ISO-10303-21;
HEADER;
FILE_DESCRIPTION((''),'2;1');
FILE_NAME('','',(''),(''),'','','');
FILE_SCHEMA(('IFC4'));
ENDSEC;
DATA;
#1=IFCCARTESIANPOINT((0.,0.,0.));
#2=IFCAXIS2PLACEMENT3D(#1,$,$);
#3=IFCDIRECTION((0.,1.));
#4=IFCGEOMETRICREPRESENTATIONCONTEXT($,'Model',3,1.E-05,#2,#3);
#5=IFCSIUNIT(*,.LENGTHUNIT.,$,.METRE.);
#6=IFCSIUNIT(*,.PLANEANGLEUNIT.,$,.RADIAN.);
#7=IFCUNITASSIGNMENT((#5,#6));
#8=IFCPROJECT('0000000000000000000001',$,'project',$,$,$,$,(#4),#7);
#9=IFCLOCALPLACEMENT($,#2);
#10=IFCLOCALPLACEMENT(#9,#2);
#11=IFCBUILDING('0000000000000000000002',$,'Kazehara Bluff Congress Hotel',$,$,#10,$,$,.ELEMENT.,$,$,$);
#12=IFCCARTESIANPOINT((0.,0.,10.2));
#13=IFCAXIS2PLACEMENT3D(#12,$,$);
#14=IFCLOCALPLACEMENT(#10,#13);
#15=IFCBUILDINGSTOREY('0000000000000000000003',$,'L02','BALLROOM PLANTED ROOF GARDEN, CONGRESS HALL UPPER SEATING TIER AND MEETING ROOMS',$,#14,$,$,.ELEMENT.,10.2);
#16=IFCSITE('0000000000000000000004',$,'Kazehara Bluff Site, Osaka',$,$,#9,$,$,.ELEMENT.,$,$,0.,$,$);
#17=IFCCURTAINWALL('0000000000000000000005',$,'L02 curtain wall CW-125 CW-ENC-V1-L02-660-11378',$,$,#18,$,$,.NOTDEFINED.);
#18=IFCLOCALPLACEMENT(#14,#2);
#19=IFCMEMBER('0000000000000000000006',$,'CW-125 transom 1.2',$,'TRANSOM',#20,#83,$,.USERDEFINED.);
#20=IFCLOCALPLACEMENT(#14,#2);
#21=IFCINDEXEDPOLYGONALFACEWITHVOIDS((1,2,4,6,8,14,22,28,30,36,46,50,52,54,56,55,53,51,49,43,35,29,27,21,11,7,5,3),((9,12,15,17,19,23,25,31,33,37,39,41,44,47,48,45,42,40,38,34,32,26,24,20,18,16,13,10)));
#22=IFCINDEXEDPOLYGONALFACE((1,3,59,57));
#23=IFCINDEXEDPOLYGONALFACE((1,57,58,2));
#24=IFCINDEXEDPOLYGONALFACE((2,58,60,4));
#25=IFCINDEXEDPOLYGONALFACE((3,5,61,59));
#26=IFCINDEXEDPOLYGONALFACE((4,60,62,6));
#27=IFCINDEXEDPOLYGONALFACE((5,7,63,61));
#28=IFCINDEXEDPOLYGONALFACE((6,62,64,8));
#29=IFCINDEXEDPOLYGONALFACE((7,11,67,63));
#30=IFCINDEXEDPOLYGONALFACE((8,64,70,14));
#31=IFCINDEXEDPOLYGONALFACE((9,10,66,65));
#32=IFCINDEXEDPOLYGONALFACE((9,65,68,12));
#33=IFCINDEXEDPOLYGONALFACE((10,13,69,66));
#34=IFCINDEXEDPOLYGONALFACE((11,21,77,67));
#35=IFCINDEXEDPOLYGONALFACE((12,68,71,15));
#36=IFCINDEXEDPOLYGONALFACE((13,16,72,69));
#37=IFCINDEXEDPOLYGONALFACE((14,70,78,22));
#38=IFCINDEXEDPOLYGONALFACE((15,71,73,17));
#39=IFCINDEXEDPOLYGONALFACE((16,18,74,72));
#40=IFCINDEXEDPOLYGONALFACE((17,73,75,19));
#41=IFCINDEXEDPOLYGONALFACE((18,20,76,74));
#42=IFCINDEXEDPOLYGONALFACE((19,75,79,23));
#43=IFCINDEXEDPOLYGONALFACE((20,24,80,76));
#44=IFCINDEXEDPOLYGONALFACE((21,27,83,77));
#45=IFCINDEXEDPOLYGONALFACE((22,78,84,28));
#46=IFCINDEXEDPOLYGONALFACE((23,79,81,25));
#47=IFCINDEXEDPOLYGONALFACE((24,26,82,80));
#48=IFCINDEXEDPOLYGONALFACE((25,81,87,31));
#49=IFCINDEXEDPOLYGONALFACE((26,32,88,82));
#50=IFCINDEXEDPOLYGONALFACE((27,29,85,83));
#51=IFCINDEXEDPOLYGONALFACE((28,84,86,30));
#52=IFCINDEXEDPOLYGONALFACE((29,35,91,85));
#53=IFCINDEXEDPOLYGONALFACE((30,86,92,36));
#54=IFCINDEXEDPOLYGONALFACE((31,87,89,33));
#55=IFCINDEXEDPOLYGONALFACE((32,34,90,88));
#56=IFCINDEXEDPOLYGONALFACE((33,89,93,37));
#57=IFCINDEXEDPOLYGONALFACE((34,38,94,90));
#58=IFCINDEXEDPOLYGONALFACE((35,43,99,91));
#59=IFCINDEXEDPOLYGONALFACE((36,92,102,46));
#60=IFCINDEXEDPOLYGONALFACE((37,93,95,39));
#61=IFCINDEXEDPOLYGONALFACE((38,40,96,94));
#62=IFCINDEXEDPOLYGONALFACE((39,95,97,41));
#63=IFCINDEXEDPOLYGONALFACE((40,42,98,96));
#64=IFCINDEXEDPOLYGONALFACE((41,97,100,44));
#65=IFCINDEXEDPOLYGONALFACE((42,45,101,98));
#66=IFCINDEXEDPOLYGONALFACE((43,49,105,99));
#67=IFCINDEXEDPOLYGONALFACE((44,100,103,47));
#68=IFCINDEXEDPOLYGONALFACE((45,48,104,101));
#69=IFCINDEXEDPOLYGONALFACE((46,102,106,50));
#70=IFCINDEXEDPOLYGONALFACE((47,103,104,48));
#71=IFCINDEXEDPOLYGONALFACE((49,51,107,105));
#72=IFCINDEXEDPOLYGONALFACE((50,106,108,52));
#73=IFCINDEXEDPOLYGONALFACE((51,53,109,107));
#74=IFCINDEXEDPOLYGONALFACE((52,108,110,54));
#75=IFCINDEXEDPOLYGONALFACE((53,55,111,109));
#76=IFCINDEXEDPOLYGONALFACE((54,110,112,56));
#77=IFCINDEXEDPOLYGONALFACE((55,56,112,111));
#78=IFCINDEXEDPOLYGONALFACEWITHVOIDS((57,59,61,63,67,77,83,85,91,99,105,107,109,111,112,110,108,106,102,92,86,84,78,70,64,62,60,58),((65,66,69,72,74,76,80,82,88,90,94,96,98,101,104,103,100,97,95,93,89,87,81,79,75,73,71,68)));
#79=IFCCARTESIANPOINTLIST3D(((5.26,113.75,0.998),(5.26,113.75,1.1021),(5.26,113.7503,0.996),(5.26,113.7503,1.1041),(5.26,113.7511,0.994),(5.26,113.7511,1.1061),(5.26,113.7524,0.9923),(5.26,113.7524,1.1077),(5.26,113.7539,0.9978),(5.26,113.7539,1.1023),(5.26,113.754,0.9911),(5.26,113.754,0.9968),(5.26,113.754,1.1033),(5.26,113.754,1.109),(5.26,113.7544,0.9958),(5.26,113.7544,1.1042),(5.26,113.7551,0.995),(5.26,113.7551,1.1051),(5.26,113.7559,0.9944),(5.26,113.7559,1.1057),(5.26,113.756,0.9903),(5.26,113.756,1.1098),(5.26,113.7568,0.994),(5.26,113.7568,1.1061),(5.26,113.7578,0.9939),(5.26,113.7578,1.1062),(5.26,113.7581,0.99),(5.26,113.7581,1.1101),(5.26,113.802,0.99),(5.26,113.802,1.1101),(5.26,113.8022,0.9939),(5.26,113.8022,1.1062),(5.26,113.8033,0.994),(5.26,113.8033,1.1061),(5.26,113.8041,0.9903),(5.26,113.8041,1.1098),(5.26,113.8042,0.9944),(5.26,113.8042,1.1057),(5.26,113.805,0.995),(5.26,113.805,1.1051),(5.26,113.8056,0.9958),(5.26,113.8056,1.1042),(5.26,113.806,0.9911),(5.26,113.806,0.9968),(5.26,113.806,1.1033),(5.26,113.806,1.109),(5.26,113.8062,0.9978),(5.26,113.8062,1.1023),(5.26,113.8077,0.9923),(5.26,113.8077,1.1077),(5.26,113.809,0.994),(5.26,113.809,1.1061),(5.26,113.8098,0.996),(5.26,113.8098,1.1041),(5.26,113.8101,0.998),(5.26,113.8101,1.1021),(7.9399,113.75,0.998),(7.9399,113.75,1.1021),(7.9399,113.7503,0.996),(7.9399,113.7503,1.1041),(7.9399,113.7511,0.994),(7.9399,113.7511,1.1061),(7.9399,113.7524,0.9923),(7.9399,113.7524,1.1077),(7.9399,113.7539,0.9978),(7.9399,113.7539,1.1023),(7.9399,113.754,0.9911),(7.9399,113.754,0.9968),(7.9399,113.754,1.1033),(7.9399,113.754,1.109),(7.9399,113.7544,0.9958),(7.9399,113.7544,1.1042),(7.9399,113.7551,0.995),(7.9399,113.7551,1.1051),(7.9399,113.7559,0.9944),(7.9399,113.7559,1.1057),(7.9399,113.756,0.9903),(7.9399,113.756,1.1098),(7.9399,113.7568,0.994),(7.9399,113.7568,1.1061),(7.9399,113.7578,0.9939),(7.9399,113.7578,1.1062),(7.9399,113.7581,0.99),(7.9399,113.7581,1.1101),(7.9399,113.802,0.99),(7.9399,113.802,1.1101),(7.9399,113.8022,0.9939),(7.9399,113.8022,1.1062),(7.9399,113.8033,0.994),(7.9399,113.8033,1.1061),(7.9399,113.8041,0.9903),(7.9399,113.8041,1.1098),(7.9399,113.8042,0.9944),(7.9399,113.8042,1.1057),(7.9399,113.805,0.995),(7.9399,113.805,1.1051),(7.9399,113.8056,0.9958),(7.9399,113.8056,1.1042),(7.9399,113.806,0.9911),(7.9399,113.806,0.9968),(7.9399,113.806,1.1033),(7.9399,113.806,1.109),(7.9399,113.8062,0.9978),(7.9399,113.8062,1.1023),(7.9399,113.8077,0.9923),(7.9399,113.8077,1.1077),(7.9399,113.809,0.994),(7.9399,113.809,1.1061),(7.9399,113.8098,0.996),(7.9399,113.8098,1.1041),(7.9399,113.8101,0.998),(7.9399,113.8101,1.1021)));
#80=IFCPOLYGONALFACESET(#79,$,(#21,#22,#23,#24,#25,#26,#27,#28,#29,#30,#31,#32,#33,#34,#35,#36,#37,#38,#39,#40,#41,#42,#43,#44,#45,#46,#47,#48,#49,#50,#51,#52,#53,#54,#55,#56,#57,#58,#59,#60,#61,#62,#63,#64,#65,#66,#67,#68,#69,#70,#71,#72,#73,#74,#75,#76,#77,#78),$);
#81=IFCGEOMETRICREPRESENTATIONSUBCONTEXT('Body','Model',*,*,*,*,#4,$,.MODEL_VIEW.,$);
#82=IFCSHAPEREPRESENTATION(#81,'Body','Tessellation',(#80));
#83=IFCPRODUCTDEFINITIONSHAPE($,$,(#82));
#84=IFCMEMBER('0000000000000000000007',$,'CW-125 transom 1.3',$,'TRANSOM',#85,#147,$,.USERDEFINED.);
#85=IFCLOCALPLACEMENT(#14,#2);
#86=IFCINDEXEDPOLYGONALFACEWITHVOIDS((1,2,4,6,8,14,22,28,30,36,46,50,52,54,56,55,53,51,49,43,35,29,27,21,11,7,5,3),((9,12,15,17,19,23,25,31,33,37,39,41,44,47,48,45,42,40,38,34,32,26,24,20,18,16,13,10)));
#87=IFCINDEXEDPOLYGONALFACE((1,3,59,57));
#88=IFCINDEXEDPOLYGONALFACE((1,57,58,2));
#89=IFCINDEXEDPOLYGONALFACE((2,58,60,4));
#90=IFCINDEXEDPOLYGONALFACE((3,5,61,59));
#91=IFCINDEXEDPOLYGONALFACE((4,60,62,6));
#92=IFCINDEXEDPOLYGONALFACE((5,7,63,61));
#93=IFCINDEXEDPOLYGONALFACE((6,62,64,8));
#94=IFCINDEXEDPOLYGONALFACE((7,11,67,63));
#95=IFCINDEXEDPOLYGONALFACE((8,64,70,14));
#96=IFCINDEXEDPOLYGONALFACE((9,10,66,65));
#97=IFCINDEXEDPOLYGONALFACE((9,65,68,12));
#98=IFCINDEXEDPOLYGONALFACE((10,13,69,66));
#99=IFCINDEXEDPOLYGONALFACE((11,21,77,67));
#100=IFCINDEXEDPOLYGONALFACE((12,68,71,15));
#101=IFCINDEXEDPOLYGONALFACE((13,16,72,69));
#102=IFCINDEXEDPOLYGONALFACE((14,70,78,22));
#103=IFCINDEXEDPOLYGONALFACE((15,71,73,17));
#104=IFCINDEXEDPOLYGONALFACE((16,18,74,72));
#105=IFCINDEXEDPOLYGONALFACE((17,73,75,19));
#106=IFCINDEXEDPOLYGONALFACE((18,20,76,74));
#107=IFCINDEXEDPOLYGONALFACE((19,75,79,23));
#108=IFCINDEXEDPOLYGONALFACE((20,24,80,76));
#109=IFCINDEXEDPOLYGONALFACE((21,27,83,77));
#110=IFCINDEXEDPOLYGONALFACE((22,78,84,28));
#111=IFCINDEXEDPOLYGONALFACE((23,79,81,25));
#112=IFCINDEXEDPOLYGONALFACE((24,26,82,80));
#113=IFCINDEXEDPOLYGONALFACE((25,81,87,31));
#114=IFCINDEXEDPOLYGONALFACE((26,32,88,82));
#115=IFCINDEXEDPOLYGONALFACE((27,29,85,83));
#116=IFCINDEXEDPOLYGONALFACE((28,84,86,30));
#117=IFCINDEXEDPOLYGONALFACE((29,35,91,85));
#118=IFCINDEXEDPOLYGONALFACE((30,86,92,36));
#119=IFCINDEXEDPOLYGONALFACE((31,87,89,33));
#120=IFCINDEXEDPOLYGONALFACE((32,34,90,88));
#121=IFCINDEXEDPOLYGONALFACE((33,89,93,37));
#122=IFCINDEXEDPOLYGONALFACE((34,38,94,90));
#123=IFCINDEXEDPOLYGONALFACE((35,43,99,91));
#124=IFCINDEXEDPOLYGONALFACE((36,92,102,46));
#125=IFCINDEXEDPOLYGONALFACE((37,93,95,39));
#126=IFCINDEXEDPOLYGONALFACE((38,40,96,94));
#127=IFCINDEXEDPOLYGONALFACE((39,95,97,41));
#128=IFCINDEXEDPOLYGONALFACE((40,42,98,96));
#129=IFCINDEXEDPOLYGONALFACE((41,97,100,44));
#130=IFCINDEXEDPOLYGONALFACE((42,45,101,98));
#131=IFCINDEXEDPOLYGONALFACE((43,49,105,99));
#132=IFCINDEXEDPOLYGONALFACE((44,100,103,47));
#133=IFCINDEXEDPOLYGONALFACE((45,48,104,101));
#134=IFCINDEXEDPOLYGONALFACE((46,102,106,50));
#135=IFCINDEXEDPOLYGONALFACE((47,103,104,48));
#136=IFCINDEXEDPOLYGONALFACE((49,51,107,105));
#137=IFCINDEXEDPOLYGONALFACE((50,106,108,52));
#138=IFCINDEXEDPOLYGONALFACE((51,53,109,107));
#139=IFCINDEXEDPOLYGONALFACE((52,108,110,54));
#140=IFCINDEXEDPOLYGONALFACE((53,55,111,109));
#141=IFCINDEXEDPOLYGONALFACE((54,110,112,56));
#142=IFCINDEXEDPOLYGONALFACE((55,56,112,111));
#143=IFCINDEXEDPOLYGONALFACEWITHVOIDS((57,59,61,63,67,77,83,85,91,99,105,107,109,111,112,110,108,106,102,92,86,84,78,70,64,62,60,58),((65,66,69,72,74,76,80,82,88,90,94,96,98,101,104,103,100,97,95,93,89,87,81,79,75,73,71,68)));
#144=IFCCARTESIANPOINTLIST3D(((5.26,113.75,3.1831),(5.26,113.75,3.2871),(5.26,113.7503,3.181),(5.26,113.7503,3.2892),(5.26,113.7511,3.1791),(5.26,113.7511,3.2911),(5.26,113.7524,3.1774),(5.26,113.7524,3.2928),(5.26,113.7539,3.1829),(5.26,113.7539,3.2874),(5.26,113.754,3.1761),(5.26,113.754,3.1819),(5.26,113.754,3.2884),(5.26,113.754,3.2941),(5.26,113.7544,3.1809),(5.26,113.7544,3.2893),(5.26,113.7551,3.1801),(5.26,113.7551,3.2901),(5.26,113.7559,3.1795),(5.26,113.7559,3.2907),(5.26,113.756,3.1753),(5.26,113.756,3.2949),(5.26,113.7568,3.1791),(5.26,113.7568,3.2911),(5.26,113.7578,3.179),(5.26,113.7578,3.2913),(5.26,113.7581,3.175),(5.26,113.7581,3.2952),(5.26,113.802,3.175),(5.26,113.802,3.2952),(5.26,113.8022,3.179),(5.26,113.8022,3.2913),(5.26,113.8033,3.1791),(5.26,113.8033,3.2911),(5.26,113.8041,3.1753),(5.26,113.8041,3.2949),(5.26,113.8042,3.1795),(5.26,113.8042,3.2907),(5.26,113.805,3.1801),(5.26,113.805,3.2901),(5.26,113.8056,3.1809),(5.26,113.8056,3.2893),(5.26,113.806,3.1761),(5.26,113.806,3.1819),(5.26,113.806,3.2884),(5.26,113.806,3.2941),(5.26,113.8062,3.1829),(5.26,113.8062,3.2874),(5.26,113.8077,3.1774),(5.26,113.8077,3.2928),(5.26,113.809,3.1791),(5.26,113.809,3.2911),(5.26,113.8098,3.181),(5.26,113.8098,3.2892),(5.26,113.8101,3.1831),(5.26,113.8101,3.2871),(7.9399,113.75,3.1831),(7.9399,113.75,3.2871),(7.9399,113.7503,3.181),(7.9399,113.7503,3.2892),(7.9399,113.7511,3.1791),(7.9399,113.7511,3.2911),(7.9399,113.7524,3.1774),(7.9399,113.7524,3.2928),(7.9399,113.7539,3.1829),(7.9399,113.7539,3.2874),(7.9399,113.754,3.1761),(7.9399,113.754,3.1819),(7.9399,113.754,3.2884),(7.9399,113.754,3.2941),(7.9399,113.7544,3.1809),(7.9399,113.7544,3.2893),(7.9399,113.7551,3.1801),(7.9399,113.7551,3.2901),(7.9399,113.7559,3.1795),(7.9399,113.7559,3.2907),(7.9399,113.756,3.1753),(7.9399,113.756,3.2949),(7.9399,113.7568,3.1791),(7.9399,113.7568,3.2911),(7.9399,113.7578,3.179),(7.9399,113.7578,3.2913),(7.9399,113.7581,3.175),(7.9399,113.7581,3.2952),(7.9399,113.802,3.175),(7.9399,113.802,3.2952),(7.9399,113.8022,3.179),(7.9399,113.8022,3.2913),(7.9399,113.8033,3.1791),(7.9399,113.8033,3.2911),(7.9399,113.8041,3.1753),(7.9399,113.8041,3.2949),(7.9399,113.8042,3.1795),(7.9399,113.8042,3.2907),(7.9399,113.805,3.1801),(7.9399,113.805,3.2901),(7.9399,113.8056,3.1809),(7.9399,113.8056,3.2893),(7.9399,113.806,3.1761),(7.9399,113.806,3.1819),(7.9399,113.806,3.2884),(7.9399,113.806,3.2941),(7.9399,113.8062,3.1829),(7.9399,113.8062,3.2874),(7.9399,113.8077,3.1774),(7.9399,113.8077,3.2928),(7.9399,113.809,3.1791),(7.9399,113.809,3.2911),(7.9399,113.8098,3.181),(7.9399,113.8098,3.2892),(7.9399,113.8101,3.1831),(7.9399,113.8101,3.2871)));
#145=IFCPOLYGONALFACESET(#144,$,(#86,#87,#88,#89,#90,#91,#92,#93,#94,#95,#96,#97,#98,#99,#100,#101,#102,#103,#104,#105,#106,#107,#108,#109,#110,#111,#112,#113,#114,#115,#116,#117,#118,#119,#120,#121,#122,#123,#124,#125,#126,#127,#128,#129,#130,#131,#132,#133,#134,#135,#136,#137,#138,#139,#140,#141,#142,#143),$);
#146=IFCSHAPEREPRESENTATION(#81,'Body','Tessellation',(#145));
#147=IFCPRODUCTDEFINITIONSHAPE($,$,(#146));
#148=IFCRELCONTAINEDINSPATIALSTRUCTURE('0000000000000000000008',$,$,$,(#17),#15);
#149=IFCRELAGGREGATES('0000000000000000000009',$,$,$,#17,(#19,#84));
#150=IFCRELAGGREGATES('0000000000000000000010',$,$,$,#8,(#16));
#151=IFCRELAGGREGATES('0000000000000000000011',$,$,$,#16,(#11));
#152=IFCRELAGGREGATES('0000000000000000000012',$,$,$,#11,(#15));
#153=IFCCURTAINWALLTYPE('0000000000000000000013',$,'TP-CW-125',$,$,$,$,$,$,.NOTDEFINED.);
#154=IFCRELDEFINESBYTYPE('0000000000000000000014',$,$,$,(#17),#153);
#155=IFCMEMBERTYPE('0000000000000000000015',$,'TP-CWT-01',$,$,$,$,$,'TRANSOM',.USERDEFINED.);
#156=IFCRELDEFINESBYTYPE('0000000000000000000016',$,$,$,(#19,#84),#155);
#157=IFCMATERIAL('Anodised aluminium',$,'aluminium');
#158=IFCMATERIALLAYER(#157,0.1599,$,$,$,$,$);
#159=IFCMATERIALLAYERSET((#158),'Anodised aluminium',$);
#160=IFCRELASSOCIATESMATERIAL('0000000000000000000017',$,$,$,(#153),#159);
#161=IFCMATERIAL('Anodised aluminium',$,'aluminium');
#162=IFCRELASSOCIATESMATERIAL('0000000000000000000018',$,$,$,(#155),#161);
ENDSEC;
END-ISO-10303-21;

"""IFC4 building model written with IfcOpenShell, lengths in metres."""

from ifc_helpers import new_model, si_unit, direction, frame, origin, origin_2d, place, context, subcontext, project, spatial, hollow_rectangle, extrude, material, layer, layer_set, material_profile, profile_set, type_object, element, aggregate, save


model = new_model("IFC4")

# Units and contexts
model_context = context("Model", 3, precision=1e-05, world=origin(), true_north=direction((0.0, 1.0)))
body_context = subcontext(model_context, "Body", "Model", "MODEL_VIEW")
ifc_project = project(units=[si_unit("LENGTHUNIT", "METRE"), si_unit("PLANEANGLEUNIT", "RADIAN")], contexts=[model_context])

# Site, building, storey
site_placement = place(None, origin())
site = spatial("IfcSite", under=ifc_project, at=site_placement, Name="Kazehara Bluff Site, Osaka", CompositionType="ELEMENT", RefElevation=0.0)
building_placement = place(site_placement, origin())
building = spatial("IfcBuilding", under=site, at=building_placement, Name="Kazehara Bluff Congress Hotel", CompositionType="ELEMENT")
storey_placement = place(building_placement, frame((0.0, 0.0, 10.2)))
storey = spatial("IfcBuildingStorey", under=building, at=storey_placement, Name="L02", Description="BALLROOM PLANTED ROOF GARDEN, CONGRESS HALL UPPER SEATING TIER AND MEETING ROOMS", CompositionType="ELEMENT", Elevation=10.2)

# Curtain wall, members
ifc_material_1 = material(Name="Anodised aluminium", Category="aluminium")
ifc_layer_1 = layer(ifc_material_1, 0.1599)
ifc_layer_set_1 = layer_set([ifc_layer_1], Name="Anodised aluminium")
curtain_wall_type = type_object("IfcCurtainWallType", Name="TP-CW-125", PredefinedType="NOTDEFINED", material=ifc_layer_set_1)
curtain_wall_placement = place(storey_placement, origin())
curtain_wall = element("IfcCurtainWall", 1, at=curtain_wall_placement, inside=storey, type_object=curtain_wall_type, Name="L02 curtain wall CW-125 CW-ENC-V1-L02-660-11378", PredefinedType="NOTDEFINED")
ifc_material_2 = material(Name="Anodised aluminium", Category="aluminium")
ifc_material_profile_1 = material_profile(ifc_material_2, hollow_rectangle(XDim=0.0601, YDim=0.1201, WallThickness=0.0039, InnerFilletRadius=0.0039, OuterFilletRadius=0.0081, at=origin_2d()))
ifc_profile_set_1 = profile_set([ifc_material_profile_1], Name="Anodised aluminium")
member_type_1 = type_object("IfcMemberType", Name="TP-CWT-01", ElementType="TRANSOM", PredefinedType="USERDEFINED", material=ifc_profile_set_1)
member_1_placement = place(storey_placement, frame((5.26, 113.78, 1.05), z_axis=(1.0, 0.0, 0.0), x_axis=(0.0, 1.0, 0.0)))
member_1 = element("IfcMember", 2, at=member_1_placement, type_object=member_type_1, Name="CW-125 transom 1.2", ObjectType="TRANSOM", PredefinedType="USERDEFINED", context=body_context, shape_type="SweptSolid", body=[
    extrude(hollow_rectangle(XDim=0.0601, YDim=0.1201, WallThickness=0.0039, InnerFilletRadius=0.0039, OuterFilletRadius=0.0081, at=origin_2d()), origin(), (0.0, 0.0, 1.0), 2.6799),
])
member_2_placement = place(storey_placement, frame((5.26, 113.78, 3.2351), z_axis=(1.0, 0.0, 0.0), x_axis=(0.0, 1.0, 0.0)))
member_2 = element("IfcMember", 3, at=member_2_placement, type_object=member_type_1, Name="CW-125 transom 1.3", ObjectType="TRANSOM", PredefinedType="USERDEFINED", context=body_context, shape_type="SweptSolid", body=[
    extrude(hollow_rectangle(XDim=0.0601, YDim=0.1201, WallThickness=0.0039, InnerFilletRadius=0.0039, OuterFilletRadius=0.0081, at=origin_2d()), origin(), (0.0, 0.0, 1.0), 2.6799),
])

aggregate(curtain_wall, [member_1, member_2])

save(model, "model.ifc")
